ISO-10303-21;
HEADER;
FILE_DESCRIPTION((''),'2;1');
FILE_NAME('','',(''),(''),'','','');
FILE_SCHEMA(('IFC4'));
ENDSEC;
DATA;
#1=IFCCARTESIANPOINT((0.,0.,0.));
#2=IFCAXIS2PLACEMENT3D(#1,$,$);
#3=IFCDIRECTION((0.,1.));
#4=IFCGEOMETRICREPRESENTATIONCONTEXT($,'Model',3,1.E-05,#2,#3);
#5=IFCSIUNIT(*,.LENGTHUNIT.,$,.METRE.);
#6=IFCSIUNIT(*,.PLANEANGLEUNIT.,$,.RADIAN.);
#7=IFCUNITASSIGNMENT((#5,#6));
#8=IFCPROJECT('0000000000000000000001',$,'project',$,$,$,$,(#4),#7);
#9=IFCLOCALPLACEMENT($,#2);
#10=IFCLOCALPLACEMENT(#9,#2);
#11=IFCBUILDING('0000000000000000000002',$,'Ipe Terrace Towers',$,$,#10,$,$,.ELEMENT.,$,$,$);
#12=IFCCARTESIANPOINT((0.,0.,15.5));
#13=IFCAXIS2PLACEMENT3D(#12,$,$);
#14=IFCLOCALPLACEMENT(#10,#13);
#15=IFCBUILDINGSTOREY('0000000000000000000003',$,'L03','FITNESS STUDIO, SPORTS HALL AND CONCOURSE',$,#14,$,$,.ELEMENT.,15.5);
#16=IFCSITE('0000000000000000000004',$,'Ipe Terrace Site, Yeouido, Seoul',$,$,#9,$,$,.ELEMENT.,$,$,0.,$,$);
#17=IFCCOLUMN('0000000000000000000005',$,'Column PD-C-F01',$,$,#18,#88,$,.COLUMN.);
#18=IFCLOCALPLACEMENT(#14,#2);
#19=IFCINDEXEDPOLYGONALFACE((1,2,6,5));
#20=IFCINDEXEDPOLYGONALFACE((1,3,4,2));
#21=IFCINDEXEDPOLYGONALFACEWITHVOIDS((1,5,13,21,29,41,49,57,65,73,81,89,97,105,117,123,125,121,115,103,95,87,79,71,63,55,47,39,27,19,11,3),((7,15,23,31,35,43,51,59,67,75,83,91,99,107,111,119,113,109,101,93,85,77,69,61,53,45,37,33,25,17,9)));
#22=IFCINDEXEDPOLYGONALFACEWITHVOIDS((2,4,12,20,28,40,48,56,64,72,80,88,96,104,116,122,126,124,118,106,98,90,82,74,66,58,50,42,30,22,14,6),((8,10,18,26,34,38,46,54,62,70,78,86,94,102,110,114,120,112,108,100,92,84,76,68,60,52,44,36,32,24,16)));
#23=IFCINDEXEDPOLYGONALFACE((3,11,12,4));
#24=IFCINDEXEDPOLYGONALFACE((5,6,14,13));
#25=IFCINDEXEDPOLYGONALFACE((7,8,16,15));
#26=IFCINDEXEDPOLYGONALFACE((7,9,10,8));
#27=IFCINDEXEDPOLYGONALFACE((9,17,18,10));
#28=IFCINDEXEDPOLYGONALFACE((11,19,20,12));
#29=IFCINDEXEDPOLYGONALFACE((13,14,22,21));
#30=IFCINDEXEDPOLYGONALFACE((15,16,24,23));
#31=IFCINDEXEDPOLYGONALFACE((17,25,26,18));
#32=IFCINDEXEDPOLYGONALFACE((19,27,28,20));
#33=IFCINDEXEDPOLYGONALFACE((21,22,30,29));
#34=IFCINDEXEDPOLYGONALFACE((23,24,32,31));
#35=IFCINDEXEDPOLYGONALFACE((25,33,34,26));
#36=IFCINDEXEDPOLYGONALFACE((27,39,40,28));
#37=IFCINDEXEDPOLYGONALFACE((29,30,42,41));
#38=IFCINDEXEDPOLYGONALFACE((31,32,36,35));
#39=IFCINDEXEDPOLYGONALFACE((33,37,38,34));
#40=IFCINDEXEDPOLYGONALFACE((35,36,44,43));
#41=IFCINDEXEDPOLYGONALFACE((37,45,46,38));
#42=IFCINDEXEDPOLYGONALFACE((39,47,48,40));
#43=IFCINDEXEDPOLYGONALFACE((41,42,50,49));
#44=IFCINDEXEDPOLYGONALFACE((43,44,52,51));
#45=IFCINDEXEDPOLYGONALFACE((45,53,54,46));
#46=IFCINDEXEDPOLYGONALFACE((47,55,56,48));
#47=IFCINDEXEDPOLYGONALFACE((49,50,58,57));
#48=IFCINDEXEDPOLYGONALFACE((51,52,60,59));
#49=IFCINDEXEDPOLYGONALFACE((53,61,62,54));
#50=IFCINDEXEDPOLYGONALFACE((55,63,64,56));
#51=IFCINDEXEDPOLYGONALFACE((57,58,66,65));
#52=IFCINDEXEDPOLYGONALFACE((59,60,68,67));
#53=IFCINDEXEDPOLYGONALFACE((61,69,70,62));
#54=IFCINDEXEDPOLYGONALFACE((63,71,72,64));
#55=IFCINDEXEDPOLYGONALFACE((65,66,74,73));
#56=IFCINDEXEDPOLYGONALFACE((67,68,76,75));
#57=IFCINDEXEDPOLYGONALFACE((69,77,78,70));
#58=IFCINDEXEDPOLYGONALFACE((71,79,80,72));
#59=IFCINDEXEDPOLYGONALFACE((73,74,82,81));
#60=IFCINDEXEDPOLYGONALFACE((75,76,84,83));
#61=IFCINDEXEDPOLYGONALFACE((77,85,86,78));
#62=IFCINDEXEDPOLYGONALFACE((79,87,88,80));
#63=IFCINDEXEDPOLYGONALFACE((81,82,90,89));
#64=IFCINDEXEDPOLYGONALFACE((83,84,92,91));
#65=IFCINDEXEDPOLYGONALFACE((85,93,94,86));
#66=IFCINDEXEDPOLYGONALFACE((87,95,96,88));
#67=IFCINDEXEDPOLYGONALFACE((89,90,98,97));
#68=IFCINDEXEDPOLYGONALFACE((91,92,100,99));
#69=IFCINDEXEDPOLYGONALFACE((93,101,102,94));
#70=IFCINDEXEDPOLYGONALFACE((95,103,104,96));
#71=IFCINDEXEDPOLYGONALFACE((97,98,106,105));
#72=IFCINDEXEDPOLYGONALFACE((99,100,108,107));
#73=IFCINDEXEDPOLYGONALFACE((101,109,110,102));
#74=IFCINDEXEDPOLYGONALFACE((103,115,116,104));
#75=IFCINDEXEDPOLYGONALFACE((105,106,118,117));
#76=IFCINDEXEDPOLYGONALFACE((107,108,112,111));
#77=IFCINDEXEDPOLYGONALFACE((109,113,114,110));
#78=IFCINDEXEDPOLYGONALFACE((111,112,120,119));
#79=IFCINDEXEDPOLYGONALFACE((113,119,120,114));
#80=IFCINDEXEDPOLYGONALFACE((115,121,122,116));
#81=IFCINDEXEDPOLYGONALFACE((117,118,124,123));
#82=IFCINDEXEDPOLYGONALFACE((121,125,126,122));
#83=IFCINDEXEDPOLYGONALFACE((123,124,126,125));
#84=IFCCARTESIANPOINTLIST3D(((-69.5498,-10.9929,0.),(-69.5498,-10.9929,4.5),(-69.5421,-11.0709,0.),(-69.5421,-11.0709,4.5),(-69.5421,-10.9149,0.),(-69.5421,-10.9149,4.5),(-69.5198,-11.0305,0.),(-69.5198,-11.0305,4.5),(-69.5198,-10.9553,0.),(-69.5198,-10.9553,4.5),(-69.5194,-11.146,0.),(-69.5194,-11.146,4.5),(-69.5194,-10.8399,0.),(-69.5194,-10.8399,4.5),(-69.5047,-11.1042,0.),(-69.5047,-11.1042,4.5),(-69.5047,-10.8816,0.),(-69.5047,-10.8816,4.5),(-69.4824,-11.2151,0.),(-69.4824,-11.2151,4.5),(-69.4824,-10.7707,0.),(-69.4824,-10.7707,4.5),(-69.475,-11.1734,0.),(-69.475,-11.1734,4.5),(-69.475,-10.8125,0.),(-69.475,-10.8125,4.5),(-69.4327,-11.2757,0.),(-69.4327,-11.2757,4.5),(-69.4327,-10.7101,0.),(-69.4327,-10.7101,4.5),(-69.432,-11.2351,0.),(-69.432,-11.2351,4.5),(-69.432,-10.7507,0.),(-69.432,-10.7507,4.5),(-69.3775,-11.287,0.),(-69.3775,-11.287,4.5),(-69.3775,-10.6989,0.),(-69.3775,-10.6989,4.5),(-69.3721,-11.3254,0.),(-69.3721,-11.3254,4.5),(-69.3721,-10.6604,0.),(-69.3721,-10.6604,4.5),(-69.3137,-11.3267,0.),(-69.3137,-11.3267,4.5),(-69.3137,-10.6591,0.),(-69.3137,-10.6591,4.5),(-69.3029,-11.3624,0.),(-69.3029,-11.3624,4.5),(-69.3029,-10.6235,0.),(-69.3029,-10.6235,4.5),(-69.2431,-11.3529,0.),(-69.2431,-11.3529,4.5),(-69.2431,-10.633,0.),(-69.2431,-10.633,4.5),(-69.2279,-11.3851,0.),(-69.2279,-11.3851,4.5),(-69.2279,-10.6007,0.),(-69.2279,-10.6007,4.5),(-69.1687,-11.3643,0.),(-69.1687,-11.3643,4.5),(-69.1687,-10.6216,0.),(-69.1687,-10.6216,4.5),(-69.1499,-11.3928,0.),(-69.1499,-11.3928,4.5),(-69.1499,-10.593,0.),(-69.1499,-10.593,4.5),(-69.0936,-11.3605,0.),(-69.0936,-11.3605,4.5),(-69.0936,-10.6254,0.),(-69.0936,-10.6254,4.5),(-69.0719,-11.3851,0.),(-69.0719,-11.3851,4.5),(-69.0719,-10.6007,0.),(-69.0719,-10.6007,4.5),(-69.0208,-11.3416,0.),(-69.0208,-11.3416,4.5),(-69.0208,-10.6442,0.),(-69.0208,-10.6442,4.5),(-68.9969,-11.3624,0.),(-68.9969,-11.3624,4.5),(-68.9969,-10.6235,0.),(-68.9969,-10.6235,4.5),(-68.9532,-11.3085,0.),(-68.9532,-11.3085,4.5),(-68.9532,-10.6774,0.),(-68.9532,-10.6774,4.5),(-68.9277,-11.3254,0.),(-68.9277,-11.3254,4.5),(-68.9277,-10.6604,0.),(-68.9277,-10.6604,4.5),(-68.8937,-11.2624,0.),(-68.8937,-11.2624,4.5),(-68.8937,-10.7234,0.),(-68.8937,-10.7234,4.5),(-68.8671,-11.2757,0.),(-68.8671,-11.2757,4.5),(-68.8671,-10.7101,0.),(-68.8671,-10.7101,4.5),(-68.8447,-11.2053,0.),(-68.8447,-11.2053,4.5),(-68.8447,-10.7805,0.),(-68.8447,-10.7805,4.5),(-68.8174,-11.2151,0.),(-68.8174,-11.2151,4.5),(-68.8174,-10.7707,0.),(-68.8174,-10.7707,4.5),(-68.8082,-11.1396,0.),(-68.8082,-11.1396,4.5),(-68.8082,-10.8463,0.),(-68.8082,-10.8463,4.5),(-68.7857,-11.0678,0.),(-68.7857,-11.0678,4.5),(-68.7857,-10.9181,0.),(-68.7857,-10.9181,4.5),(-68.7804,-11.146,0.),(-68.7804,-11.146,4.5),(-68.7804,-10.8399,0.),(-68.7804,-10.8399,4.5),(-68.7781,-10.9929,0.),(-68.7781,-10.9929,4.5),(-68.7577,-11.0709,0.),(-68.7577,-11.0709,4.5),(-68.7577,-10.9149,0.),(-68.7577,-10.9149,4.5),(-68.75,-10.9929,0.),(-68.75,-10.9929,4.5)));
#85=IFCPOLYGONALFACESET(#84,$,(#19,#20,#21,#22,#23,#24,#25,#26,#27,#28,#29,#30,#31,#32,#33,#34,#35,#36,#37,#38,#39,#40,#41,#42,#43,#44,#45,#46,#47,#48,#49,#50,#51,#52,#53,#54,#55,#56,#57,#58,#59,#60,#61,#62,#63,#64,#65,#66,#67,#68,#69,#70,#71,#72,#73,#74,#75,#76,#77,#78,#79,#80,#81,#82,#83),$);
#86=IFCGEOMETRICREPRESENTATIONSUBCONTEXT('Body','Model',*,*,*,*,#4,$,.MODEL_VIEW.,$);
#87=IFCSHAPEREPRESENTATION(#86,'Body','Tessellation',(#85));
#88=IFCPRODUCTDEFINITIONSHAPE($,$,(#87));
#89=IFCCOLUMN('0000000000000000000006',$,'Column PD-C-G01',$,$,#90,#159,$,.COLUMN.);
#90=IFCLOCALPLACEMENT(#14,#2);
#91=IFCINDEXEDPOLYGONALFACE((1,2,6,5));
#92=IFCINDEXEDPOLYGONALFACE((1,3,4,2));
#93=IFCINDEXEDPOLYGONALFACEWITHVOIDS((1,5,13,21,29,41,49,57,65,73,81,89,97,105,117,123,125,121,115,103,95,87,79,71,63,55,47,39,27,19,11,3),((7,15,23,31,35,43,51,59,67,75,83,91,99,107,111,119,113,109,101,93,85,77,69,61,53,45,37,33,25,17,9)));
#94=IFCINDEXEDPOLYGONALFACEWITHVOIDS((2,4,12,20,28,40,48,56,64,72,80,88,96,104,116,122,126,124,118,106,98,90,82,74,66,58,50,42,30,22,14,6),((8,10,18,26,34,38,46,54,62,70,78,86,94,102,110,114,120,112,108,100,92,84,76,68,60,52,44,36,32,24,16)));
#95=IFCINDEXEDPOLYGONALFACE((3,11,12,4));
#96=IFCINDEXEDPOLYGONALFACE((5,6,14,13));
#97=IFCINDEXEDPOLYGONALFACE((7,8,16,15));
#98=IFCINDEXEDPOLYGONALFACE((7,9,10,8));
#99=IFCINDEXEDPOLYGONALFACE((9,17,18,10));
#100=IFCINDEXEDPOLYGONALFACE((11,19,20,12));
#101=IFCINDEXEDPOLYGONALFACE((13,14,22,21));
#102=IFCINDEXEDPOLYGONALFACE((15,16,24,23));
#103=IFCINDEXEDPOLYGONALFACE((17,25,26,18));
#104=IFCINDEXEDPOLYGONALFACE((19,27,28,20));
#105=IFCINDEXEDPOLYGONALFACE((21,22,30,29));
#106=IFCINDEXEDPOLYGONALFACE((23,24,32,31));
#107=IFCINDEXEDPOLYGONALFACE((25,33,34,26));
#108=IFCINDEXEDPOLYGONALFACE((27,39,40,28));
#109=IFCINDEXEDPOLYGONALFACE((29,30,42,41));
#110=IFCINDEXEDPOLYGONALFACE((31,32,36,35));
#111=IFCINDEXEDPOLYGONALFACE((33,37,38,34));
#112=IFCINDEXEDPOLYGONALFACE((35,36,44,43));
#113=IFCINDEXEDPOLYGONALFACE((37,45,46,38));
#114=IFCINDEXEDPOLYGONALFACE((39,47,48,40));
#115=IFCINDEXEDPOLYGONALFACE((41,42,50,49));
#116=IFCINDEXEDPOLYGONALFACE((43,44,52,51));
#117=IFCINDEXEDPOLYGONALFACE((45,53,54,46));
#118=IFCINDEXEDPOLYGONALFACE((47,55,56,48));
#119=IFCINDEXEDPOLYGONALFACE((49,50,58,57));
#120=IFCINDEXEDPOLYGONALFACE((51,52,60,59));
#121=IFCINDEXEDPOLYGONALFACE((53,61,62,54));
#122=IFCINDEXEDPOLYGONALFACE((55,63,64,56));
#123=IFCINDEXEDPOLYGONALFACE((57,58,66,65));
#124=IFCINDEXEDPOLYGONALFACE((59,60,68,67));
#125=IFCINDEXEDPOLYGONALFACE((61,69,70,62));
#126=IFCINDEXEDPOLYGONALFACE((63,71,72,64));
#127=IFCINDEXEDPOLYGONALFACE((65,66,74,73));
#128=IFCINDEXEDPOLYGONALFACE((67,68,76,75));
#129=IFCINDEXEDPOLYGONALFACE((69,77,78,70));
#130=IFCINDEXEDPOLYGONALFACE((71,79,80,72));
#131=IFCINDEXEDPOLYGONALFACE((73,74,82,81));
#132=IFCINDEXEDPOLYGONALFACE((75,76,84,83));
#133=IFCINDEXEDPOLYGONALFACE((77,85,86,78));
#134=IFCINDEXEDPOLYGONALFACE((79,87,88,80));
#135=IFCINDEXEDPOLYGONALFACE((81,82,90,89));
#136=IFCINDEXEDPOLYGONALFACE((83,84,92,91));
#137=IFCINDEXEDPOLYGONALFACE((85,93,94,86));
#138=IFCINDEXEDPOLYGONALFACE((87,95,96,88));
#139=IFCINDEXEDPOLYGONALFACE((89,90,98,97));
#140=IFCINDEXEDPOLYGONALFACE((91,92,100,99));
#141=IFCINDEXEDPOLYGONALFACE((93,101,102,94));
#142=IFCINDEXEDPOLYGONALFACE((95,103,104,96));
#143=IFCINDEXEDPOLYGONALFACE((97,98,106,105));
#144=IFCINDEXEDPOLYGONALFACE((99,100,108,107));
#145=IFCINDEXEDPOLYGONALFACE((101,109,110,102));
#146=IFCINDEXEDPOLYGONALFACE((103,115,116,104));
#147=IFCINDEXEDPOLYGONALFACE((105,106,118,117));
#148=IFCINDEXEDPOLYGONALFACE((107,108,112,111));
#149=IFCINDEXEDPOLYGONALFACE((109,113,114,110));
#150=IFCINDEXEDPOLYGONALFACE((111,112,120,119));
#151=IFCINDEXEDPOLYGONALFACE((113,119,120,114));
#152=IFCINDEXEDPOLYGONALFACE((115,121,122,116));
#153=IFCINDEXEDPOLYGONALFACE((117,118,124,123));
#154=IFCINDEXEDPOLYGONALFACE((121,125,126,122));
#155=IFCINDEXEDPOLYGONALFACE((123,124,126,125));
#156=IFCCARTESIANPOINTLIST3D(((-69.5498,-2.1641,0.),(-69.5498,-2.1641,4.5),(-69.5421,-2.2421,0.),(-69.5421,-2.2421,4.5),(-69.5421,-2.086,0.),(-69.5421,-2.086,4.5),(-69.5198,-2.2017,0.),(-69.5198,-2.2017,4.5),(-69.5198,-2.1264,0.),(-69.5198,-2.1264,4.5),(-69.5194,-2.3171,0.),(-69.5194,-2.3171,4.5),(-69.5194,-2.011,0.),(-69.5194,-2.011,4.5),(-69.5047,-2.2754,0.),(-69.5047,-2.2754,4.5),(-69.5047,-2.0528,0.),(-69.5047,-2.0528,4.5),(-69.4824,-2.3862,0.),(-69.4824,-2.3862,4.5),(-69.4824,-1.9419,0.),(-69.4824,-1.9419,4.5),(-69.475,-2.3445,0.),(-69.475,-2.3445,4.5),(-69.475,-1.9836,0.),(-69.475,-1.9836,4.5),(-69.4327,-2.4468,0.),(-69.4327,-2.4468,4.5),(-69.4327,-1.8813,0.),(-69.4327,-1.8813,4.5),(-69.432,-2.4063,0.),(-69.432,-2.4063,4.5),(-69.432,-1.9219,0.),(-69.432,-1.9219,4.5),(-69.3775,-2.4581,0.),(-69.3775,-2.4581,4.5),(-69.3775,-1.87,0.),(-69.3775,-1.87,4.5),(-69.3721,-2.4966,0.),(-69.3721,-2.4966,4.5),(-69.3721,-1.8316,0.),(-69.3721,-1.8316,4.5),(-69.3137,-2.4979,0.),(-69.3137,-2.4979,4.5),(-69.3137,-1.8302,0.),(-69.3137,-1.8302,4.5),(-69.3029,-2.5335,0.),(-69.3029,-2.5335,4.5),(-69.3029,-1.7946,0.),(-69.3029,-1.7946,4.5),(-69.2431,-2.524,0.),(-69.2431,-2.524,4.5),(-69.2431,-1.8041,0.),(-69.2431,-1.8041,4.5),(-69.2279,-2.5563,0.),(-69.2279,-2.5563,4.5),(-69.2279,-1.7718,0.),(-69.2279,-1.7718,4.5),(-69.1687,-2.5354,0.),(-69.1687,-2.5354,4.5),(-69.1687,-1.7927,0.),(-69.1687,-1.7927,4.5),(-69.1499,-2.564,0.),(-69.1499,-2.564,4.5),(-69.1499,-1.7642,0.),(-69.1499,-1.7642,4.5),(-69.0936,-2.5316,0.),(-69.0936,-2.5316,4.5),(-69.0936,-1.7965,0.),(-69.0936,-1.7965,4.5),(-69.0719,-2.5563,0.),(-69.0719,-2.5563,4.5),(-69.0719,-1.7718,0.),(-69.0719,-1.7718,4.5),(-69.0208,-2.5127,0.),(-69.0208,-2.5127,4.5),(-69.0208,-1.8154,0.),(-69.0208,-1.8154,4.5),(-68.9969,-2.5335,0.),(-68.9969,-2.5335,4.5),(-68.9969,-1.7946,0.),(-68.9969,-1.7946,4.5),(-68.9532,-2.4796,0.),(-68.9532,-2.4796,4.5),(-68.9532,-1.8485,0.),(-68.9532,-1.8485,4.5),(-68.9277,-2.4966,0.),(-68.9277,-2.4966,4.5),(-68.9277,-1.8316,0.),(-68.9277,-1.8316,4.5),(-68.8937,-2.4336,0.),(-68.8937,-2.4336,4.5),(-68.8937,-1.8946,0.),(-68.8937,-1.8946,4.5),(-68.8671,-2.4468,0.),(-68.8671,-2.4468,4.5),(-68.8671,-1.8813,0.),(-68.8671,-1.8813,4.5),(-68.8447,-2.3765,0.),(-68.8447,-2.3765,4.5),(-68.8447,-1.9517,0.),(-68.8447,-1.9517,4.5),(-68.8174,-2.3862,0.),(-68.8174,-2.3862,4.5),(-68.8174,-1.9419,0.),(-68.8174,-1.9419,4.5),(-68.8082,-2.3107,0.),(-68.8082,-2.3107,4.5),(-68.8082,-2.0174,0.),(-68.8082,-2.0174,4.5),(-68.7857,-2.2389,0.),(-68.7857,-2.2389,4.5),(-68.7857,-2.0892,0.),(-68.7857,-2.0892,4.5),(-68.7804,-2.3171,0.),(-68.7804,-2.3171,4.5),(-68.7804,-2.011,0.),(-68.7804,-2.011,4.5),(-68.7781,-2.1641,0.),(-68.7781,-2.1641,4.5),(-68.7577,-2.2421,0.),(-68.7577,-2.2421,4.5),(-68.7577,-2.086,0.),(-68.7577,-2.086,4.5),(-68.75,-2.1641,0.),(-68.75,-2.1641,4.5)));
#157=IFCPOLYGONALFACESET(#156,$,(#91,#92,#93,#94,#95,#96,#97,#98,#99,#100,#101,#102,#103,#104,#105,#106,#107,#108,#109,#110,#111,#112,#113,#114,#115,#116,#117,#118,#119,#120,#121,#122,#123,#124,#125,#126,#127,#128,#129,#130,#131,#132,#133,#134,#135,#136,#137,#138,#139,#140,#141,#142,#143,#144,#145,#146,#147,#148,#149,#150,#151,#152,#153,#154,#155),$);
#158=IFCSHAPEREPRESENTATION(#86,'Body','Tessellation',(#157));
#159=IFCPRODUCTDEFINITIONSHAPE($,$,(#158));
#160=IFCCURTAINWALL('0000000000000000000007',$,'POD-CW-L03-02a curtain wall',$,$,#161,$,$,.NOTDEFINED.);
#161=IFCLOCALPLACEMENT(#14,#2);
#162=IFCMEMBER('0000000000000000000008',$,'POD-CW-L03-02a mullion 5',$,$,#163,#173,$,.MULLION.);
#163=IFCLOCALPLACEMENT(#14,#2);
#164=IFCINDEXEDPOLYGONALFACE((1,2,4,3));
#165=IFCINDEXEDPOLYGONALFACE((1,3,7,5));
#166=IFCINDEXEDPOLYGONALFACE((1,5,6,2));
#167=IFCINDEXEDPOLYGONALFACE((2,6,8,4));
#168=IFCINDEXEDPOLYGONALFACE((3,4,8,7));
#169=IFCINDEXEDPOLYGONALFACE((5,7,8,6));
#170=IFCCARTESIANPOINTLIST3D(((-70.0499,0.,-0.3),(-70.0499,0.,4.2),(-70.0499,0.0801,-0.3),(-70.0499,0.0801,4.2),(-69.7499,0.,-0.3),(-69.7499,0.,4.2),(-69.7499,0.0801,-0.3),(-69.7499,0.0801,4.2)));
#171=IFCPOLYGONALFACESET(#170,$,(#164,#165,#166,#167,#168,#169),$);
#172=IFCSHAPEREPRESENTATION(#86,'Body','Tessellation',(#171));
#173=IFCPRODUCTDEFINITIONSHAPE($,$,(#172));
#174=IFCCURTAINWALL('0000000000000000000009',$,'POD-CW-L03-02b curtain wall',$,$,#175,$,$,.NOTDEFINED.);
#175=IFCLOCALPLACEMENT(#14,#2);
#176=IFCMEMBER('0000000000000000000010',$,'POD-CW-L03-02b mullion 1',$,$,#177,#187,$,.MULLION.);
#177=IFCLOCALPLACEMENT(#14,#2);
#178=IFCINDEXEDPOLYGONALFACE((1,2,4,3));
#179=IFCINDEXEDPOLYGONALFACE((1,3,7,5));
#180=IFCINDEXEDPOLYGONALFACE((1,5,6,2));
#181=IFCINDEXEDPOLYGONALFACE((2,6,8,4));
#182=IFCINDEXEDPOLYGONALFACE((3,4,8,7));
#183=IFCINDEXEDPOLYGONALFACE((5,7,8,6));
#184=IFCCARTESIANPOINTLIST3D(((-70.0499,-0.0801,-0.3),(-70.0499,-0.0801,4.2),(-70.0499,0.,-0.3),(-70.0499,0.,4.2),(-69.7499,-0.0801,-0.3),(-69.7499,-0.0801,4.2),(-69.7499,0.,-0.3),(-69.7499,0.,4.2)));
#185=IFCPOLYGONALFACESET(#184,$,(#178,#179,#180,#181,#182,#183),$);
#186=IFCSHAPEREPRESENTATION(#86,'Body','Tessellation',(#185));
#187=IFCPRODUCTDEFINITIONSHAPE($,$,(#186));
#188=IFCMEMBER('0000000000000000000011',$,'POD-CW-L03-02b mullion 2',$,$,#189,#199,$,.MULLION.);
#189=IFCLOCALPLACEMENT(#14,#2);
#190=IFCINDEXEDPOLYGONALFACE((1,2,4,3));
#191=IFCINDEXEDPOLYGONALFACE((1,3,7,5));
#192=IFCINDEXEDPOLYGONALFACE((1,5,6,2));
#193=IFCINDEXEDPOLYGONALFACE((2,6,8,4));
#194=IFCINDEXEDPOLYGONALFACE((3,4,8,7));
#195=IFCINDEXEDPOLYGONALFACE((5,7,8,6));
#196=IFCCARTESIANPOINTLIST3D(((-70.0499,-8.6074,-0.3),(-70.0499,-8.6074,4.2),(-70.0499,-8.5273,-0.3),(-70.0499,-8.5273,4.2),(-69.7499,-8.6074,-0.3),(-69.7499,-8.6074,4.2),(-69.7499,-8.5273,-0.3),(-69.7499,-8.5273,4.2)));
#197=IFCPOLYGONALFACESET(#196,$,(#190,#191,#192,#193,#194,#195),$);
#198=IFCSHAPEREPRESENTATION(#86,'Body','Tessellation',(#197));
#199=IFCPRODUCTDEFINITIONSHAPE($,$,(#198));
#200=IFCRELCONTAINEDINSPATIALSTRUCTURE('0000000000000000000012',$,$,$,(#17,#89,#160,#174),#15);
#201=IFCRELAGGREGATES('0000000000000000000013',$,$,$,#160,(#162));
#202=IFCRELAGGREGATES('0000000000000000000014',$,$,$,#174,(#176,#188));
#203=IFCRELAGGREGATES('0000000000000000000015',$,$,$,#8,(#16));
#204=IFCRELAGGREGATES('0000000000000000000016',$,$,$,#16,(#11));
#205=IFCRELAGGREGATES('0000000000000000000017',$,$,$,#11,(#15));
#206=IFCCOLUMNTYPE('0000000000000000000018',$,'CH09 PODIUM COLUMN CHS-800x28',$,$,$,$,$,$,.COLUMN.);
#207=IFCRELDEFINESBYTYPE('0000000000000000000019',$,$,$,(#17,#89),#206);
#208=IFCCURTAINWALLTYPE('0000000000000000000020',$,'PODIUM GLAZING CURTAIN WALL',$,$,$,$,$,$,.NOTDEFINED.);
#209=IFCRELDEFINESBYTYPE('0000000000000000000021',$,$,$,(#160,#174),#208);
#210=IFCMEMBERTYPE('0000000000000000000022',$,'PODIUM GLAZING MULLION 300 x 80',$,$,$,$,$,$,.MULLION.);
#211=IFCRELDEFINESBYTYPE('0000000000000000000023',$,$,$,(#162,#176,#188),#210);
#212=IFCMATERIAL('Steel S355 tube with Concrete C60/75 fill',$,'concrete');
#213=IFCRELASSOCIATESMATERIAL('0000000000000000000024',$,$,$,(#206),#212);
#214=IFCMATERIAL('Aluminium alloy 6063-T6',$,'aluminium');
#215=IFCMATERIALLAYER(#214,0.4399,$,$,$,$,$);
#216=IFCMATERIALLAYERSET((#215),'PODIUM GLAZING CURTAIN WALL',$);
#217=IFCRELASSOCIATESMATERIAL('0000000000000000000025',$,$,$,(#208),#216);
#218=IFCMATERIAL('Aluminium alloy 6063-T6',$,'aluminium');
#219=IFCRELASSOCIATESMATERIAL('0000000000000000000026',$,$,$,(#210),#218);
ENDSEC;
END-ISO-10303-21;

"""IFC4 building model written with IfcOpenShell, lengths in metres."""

from ifc_helpers import new_model, si_unit, direction, frame, origin, origin_2d, place, context, subcontext, project, spatial, rectangle, hollow_circle, extrude, material, layer, layer_set, material_profile, profile_set, type_object, element, aggregate, save


model = new_model("IFC4")

# Units and contexts
model_context = context("Model", 3, precision=1e-05, world=origin(), true_north=direction((0.0, 1.0)))
body_context = subcontext(model_context, "Body", "Model", "MODEL_VIEW")
ifc_project = project(units=[si_unit("LENGTHUNIT", "METRE"), si_unit("PLANEANGLEUNIT", "RADIAN")], contexts=[model_context])

# Site, building, storey
site_placement = place(None, origin())
site = spatial("IfcSite", under=ifc_project, at=site_placement, Name="Ipe Terrace Site, Yeouido, Seoul", CompositionType="ELEMENT", RefElevation=0.0)
building_placement = place(site_placement, origin())
building = spatial("IfcBuilding", under=site, at=building_placement, Name="Ipe Terrace Towers", CompositionType="ELEMENT")
storey_placement = place(building_placement, frame((0.0, 0.0, 15.5)))
storey = spatial("IfcBuildingStorey", under=building, at=storey_placement, Name="L03", Description="FITNESS STUDIO, SPORTS HALL AND CONCOURSE", CompositionType="ELEMENT", Elevation=15.5)

# Columns
ifc_material_1 = material(Name="Steel S355 tube with Concrete C60/75 fill", Category="concrete")
ifc_material_profile_1 = material_profile(ifc_material_1, hollow_circle(Radius=0.3999, WallThickness=0.0281, at=origin_2d()), Name="CHS-800x28")
ifc_profile_set_1 = profile_set([ifc_material_profile_1], Name="Steel S355 tube with Concrete C60/75 fill")
column_type = type_object("IfcColumnType", Name="CH09 PODIUM COLUMN CHS-800x28", PredefinedType="COLUMN", material=ifc_profile_set_1)
for number, where, z_axis, x_axis, name in (
    (1, (-69.1499, -10.9929, 0.0), (0.0, 0.0, 1.0), (1.0, 0.0, 0.0), "Column PD-C-F01"),
    (2, (-69.1499, -2.1641, 0.0), (0.0, 0.0, 1.0), (1.0, 0.0, 0.0), "Column PD-C-G01"),
):
    element("IfcColumn", number, at=place(storey_placement, frame(where, z_axis=z_axis, x_axis=x_axis)), inside=storey, type_object=column_type, Name=name, PredefinedType="COLUMN", context=body_context, shape_type="SweptSolid", body=[
        extrude(hollow_circle(Radius=0.3999, WallThickness=0.0281, at=origin_2d()), origin(), (0.0, 0.0, 1.0), 4.5),
    ])

# Curtain wall, member
ifc_material_2 = material(Name="Aluminium alloy 6063-T6", Category="aluminium")
ifc_layer_1 = layer(ifc_material_2, 0.4399)
ifc_layer_set_1 = layer_set([ifc_layer_1], Name="PODIUM GLAZING CURTAIN WALL")
curtain_wall_type = type_object("IfcCurtainWallType", Name="PODIUM GLAZING CURTAIN WALL", PredefinedType="NOTDEFINED", material=ifc_layer_set_1)
curtain_wall_1_placement = place(storey_placement, origin())
curtain_wall_1 = element("IfcCurtainWall", 3, at=curtain_wall_1_placement, inside=storey, type_object=curtain_wall_type, Name="POD-CW-L03-02a curtain wall", PredefinedType="NOTDEFINED")
ifc_material_3 = material(Name="Aluminium alloy 6063-T6", Category="aluminium")
ifc_material_profile_2 = material_profile(ifc_material_3, rectangle(XDim=0.3, YDim=0.0801, at=origin_2d()), Name="PODIUM GLAZING MULLION 300 x 80")
ifc_profile_set_2 = profile_set([ifc_material_profile_2], Name="Aluminium alloy 6063-T6")
member_type_1 = type_object("IfcMemberType", Name="PODIUM GLAZING MULLION 300 x 80", PredefinedType="MULLION", material=ifc_profile_set_2)
member_1_placement = place(storey_placement, frame((-69.8999, 0.04, -0.3), z_axis=(0.0, 0.0, 1.0), x_axis=(-1.0, 0.0, 0.0)))
member_1 = element("IfcMember", 4, at=member_1_placement, type_object=member_type_1, Name="POD-CW-L03-02a mullion 5", PredefinedType="MULLION", context=body_context, shape_type="SweptSolid", body=[
    extrude(rectangle(XDim=0.3, YDim=0.0801, at=origin_2d()), origin(), (0.0, 0.0, 1.0), 4.5),
])
aggregate(curtain_wall_1, [member_1])

# Curtain wall, members
curtain_wall_2_placement = place(storey_placement, origin())
curtain_wall_2 = element("IfcCurtainWall", 5, at=curtain_wall_2_placement, inside=storey, type_object=curtain_wall_type, Name="POD-CW-L03-02b curtain wall", PredefinedType="NOTDEFINED")
member_2_placement = place(storey_placement, frame((-69.8999, -0.04, -0.3), z_axis=(0.0, 0.0, 1.0), x_axis=(-1.0, 0.0, 0.0)))
member_2 = element("IfcMember", 6, at=member_2_placement, type_object=member_type_1, Name="POD-CW-L03-02b mullion 1", PredefinedType="MULLION", context=body_context, shape_type="SweptSolid", body=[
    extrude(rectangle(XDim=0.3, YDim=0.0801, at=origin_2d()), origin(), (0.0, 0.0, 1.0), 4.5),
])
member_3_placement = place(storey_placement, frame((-69.8999, -8.5674, -0.3), z_axis=(0.0, 0.0, 1.0), x_axis=(-1.0, 0.0, 0.0)))
member_3 = element("IfcMember", 7, at=member_3_placement, type_object=member_type_1, Name="POD-CW-L03-02b mullion 2", PredefinedType="MULLION", context=body_context, shape_type="SweptSolid", body=[
    extrude(rectangle(XDim=0.3, YDim=0.0801, at=origin_2d()), origin(), (0.0, 0.0, 1.0), 4.5),
])
aggregate(curtain_wall_2, [member_2, member_3])

save(model, "model.ifc")
